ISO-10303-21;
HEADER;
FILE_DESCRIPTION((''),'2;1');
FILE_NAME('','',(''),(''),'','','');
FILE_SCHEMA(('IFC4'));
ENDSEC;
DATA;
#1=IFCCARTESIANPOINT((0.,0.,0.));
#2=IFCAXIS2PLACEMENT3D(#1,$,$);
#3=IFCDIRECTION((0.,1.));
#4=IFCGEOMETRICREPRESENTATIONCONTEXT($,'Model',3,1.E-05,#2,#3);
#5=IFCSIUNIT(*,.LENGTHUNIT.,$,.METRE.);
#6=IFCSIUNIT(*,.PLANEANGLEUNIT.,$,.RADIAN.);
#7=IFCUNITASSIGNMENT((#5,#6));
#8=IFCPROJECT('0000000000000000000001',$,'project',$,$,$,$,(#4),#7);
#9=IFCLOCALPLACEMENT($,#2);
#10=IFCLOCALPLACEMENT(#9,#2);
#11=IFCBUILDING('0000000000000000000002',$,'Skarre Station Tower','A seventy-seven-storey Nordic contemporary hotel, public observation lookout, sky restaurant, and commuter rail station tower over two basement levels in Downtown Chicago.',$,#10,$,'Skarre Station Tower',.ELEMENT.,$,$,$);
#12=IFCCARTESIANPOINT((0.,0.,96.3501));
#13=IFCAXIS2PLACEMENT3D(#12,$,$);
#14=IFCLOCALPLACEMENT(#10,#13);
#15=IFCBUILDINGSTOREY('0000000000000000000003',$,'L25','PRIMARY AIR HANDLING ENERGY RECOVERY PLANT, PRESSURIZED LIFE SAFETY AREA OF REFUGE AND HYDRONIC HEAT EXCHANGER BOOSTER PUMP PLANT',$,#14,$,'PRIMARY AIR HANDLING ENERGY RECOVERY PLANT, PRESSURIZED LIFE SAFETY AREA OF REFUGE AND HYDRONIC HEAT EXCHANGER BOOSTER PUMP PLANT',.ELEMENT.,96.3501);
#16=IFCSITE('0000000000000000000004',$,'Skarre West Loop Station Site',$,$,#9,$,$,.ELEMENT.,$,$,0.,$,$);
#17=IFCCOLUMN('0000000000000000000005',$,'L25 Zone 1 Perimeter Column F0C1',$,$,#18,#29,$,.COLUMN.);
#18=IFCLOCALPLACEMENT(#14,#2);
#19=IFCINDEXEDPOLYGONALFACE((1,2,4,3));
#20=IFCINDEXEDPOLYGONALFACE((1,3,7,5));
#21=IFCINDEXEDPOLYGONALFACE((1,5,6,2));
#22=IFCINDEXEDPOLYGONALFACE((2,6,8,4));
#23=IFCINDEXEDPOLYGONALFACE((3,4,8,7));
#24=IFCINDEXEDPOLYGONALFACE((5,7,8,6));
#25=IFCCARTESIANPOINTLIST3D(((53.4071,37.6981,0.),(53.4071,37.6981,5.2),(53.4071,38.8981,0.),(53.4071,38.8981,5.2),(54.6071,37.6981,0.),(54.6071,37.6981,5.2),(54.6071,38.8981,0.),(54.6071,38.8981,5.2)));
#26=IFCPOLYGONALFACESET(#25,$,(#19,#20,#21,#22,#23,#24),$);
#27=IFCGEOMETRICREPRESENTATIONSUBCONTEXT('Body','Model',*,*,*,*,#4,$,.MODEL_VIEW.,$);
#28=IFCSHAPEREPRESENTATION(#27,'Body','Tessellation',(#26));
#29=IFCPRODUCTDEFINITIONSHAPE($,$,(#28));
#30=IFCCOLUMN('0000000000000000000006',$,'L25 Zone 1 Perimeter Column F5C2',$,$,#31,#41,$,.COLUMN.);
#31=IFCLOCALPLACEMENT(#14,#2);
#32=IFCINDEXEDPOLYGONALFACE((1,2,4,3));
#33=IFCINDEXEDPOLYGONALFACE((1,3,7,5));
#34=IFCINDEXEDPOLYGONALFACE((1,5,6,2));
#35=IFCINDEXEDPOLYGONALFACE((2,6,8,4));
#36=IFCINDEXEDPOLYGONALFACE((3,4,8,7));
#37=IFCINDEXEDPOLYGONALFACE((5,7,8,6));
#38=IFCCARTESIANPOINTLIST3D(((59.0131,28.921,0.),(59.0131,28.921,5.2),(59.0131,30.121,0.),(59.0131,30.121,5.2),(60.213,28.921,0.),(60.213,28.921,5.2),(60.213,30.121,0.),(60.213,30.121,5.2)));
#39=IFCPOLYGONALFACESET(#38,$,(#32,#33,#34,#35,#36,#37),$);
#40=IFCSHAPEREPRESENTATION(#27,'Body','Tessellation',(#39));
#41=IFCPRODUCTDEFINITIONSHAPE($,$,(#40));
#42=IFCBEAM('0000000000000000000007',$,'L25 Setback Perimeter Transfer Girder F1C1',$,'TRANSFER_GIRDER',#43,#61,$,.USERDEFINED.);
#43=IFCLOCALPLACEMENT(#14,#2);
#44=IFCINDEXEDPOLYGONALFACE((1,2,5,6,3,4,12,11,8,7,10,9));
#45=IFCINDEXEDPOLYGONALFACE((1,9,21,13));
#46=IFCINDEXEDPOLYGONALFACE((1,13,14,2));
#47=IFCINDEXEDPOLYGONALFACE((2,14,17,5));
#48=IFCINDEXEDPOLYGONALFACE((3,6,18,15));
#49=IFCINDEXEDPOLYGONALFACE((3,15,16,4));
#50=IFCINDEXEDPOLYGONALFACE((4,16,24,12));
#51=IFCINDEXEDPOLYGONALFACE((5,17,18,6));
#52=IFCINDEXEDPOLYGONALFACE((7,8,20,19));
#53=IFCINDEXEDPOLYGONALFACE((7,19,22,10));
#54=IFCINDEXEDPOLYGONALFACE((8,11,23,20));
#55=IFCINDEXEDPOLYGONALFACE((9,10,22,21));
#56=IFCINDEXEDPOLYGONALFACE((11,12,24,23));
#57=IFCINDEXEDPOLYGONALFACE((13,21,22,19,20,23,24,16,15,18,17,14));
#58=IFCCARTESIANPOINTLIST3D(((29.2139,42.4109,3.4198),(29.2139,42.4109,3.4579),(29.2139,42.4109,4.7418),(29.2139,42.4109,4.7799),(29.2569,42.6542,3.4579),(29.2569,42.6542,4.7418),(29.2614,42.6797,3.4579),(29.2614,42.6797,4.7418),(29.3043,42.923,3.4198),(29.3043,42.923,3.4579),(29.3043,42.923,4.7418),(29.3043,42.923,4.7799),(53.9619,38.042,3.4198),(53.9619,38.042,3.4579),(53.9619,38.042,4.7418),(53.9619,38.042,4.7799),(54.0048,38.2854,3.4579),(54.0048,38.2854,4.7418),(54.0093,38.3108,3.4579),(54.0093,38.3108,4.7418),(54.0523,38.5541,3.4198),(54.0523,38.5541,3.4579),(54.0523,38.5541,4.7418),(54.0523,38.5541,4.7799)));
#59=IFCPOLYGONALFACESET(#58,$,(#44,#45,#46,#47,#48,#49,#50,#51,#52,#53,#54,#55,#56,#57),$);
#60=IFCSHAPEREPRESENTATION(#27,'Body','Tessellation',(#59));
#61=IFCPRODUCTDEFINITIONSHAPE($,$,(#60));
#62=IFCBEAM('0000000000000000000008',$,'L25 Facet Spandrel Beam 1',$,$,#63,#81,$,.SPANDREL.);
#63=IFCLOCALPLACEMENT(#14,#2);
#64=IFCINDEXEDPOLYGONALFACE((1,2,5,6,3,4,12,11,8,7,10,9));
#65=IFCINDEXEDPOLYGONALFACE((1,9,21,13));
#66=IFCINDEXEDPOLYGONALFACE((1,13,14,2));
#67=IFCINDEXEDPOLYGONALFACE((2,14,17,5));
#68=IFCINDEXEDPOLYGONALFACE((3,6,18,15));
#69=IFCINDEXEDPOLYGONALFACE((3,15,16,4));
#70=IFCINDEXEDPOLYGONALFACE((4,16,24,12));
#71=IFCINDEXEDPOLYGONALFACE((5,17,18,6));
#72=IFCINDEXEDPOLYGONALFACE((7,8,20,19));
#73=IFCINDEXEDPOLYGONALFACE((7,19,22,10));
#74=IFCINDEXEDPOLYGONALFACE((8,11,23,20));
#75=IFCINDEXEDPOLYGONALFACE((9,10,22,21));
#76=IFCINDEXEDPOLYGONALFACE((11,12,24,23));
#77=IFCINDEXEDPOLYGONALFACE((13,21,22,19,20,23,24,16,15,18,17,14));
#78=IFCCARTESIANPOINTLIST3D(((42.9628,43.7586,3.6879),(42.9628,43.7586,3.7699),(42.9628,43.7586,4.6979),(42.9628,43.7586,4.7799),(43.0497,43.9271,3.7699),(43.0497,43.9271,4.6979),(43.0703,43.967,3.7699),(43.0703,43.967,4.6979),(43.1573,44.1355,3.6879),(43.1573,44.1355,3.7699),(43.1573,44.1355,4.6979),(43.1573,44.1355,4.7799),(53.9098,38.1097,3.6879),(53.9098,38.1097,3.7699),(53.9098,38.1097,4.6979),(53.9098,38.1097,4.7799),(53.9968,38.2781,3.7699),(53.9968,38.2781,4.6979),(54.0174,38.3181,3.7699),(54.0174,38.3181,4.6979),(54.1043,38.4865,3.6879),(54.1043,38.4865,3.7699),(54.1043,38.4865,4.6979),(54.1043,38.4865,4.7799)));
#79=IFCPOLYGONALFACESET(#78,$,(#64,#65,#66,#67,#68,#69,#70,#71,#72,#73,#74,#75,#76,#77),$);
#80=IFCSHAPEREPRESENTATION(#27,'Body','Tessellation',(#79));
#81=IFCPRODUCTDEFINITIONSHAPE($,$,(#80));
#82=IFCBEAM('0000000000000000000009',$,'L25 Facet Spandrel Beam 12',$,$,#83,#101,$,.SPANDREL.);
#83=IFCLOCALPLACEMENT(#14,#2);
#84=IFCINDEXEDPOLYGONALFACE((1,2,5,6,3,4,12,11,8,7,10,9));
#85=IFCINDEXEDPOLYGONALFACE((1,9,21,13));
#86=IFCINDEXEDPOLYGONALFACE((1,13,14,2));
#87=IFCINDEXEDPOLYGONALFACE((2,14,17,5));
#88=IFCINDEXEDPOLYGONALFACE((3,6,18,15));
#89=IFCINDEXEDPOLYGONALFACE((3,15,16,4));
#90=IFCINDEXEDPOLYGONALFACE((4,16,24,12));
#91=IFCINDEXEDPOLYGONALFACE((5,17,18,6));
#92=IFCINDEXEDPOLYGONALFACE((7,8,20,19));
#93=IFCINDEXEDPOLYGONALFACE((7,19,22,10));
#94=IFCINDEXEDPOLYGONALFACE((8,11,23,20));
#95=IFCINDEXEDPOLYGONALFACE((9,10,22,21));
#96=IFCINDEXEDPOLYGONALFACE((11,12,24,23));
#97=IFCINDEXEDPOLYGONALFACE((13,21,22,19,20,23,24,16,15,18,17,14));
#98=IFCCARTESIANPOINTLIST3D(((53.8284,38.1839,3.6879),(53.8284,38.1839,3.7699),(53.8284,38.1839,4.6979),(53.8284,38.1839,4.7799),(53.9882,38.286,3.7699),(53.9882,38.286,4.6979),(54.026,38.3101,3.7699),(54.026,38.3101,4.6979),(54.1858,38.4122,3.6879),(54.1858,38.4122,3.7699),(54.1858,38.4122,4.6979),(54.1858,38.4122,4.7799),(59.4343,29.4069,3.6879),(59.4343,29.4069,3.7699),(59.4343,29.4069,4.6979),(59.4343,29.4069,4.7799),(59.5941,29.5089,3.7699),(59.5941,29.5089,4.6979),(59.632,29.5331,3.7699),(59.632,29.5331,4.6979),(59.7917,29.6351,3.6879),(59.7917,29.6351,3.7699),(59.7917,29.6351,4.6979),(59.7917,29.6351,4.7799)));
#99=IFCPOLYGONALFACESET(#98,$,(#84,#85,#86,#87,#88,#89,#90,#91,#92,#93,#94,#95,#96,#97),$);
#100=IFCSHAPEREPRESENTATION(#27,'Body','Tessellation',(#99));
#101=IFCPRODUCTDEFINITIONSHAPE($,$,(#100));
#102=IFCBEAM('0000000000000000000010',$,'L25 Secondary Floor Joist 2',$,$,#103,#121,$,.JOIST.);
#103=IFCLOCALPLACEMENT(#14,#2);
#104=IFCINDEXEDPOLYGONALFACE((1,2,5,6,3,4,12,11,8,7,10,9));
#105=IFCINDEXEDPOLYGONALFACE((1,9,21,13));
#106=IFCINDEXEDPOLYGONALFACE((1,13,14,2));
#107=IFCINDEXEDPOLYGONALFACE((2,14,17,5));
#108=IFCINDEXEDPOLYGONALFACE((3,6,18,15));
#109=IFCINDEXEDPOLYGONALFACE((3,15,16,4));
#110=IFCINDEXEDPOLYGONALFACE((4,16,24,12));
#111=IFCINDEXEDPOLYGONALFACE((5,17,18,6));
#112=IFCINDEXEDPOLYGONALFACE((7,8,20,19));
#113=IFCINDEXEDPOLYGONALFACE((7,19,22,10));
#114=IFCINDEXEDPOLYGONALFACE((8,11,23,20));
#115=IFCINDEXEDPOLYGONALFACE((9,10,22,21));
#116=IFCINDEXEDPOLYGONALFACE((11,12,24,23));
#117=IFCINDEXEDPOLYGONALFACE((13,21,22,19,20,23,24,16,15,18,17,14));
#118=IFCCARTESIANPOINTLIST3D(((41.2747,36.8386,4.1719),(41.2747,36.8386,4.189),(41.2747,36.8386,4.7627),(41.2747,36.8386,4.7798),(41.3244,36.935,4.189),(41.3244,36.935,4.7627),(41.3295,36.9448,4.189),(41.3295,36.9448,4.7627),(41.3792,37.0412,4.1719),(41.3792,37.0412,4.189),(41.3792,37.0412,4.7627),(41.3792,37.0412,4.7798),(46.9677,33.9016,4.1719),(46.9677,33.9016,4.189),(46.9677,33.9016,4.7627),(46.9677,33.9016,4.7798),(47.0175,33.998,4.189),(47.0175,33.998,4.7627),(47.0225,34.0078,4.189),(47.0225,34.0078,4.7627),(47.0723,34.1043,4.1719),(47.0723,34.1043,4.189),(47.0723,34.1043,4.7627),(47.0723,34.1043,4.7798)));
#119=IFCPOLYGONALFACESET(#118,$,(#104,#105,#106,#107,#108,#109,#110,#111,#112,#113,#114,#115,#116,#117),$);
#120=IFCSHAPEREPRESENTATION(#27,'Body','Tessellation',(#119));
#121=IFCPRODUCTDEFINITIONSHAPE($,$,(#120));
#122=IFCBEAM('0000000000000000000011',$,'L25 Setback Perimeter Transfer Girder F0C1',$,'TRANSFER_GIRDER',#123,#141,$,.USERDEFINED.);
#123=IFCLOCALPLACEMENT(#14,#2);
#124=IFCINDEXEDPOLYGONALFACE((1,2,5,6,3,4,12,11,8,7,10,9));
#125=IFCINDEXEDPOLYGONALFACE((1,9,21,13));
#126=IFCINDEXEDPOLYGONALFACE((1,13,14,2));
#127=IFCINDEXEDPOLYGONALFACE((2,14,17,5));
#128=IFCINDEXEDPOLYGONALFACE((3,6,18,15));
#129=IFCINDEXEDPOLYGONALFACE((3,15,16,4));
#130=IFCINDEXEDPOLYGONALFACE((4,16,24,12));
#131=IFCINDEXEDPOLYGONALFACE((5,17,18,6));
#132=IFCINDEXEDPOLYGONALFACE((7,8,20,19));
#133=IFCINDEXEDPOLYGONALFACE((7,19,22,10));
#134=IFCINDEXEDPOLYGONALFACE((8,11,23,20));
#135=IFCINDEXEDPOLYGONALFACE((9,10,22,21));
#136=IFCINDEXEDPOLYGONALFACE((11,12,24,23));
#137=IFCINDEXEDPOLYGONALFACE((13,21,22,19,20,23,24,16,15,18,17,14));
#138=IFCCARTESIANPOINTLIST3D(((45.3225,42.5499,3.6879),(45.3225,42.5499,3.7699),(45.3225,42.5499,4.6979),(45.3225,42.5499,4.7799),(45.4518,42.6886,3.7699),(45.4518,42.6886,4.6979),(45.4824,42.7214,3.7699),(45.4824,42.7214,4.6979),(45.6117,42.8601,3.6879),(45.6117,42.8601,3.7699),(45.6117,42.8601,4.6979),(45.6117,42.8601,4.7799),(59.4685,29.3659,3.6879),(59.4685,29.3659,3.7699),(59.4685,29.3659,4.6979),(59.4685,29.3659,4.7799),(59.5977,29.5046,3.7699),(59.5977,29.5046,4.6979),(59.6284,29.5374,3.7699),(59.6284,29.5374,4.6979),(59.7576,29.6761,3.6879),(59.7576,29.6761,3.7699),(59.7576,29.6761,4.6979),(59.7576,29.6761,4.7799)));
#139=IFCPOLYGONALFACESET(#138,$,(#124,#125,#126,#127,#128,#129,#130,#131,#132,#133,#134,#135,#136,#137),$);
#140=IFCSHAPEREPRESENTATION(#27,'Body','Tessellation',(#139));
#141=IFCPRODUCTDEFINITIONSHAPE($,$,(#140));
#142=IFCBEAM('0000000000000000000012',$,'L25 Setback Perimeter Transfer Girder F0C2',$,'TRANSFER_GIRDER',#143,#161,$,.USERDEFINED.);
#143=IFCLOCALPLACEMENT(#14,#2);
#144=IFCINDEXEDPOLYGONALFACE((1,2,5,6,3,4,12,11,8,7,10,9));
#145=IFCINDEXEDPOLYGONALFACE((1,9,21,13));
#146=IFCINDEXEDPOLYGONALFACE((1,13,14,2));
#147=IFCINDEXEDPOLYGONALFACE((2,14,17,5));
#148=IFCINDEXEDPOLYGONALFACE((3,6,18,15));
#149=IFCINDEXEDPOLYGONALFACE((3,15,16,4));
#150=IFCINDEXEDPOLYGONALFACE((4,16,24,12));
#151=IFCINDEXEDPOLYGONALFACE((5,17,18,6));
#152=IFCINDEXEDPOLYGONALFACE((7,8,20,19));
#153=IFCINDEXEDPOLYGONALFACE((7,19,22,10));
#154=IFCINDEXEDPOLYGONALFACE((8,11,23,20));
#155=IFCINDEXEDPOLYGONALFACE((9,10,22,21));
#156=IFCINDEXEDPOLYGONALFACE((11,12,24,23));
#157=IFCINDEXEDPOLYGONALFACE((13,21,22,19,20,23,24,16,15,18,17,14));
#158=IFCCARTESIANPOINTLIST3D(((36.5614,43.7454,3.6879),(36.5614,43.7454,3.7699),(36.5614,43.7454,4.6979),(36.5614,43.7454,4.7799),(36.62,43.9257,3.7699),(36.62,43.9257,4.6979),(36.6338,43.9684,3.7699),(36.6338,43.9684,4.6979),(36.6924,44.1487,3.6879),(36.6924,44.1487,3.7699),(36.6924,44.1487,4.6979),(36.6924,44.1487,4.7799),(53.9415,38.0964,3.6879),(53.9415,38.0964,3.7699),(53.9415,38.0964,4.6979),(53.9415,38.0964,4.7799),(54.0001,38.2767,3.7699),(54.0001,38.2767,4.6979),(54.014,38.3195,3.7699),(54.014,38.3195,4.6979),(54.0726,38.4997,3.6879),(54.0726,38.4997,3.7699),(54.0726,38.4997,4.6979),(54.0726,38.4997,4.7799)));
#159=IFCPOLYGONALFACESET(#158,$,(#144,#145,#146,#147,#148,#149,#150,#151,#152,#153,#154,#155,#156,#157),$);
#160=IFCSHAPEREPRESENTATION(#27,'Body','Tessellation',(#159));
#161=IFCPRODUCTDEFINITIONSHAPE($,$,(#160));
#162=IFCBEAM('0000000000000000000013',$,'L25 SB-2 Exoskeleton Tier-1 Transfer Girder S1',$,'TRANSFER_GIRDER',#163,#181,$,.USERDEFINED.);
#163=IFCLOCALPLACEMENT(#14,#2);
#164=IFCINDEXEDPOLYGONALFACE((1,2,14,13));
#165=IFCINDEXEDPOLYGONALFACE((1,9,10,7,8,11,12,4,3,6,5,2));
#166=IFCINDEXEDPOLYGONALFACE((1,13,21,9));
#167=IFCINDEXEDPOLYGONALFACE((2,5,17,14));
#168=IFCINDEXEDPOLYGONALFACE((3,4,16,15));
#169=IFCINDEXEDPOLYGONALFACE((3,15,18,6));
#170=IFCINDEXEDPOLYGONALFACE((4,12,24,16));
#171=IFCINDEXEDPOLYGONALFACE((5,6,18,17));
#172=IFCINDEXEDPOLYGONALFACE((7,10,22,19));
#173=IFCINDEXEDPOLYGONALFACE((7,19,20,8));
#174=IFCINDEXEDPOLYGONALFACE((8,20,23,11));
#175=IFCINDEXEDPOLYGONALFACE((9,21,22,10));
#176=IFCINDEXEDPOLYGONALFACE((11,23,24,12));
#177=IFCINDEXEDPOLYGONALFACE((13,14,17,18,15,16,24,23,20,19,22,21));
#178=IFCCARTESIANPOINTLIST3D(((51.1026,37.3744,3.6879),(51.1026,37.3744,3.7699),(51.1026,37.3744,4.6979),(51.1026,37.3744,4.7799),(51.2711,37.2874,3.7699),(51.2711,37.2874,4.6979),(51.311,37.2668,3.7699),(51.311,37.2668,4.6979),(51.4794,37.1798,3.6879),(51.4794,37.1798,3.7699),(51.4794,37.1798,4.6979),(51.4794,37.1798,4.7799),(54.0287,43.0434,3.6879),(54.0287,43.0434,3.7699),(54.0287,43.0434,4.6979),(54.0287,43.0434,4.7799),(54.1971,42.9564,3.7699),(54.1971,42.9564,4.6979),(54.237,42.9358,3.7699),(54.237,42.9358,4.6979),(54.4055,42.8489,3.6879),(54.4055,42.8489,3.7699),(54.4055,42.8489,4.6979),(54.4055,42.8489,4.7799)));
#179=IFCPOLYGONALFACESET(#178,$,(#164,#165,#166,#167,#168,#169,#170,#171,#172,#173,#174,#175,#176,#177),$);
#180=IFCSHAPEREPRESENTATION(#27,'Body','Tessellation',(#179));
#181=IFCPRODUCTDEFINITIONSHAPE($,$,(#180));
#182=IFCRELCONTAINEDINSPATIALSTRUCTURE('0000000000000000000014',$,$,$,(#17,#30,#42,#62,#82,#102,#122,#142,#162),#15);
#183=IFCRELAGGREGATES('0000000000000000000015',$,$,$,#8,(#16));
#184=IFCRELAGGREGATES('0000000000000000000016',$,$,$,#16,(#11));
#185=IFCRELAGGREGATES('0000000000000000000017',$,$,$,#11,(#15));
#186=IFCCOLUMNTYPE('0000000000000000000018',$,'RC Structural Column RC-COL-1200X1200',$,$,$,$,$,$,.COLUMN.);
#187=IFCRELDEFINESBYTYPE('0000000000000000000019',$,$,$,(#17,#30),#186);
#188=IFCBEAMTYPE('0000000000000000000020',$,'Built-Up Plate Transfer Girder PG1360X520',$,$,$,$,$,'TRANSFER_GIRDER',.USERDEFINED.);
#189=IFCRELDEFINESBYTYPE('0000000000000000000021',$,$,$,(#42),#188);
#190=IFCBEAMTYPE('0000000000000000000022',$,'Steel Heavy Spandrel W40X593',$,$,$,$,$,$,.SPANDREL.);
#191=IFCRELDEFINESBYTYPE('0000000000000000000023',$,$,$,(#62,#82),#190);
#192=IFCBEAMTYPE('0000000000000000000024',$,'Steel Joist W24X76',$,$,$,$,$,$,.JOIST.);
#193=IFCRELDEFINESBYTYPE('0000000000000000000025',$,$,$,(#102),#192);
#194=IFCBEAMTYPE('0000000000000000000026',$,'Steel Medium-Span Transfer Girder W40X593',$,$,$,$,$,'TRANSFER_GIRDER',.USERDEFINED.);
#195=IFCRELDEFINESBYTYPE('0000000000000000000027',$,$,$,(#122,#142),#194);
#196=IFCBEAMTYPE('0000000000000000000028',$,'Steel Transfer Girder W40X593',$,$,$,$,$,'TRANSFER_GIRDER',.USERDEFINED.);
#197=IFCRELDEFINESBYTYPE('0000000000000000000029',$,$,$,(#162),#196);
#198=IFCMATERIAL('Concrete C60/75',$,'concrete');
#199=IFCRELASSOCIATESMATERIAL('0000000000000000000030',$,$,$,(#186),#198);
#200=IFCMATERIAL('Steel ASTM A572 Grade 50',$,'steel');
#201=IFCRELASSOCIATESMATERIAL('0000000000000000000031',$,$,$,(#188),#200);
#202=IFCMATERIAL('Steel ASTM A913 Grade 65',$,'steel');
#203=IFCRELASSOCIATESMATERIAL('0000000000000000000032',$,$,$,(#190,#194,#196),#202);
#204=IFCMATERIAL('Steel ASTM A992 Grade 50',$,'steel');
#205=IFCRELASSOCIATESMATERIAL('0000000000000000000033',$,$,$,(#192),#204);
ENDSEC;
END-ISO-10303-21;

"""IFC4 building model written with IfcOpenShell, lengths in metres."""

from ifc_helpers import new_model, si_unit, direction, frame, origin, origin_2d, place, context, subcontext, project, spatial, rectangle, i_section, extrude, material, material_profile, profile_set, type_object, element, save


model = new_model("IFC4")

# Units and contexts
model_context = context("Model", 3, precision=1e-05, world=origin(), true_north=direction((0.0, 1.0)))
body_context = subcontext(model_context, "Body", "Model", "MODEL_VIEW")
ifc_project = project(units=[si_unit("LENGTHUNIT", "METRE"), si_unit("PLANEANGLEUNIT", "RADIAN")], contexts=[model_context])

# Site, building, storey
site_placement = place(None, origin())
site = spatial("IfcSite", under=ifc_project, at=site_placement, Name="Skarre West Loop Station Site", CompositionType="ELEMENT", RefElevation=0.0)
building_placement = place(site_placement, origin())
building = spatial("IfcBuilding", under=site, at=building_placement, Name="Skarre Station Tower", Description="A seventy-seven-storey Nordic contemporary hotel, public observation lookout, sky restaurant, and commuter rail station tower over two basement levels in Downtown Chicago.", LongName="Skarre Station Tower", CompositionType="ELEMENT")
storey_placement = place(building_placement, frame((0.0, 0.0, 96.3501)))
storey = spatial("IfcBuildingStorey", under=building, at=storey_placement, Name="L25", Description="PRIMARY AIR HANDLING ENERGY RECOVERY PLANT, PRESSURIZED LIFE SAFETY AREA OF REFUGE AND HYDRONIC HEAT EXCHANGER BOOSTER PUMP PLANT", LongName="PRIMARY AIR HANDLING ENERGY RECOVERY PLANT, PRESSURIZED LIFE SAFETY AREA OF REFUGE AND HYDRONIC HEAT EXCHANGER BOOSTER PUMP PLANT", CompositionType="ELEMENT", Elevation=96.3501)

# Columns
ifc_material_1 = material(Name="Concrete C60/75", Category="concrete")
ifc_material_profile_1 = material_profile(ifc_material_1, rectangle(XDim=1.2, YDim=1.2, at=origin_2d()), Name="Concrete C60/75")
ifc_profile_set_1 = profile_set([ifc_material_profile_1], Name="Concrete C60/75")
column_type = type_object("IfcColumnType", Name="RC Structural Column RC-COL-1200X1200", PredefinedType="COLUMN", material=ifc_profile_set_1)
for number, where, z_axis, x_axis, name in (
    (1, (54.0071, 38.2981, 0.0), (0.0, 0.0, 1.0), (1.0, 0.0, 0.0), "L25 Zone 1 Perimeter Column F0C1"),
    (2, (59.613, 29.521, 0.0), (0.0, 0.0, 1.0), (1.0, 0.0, 0.0), "L25 Zone 1 Perimeter Column F5C2"),
):
    element("IfcColumn", number, at=place(storey_placement, frame(where, z_axis=z_axis, x_axis=x_axis)), inside=storey, type_object=column_type, Name=name, PredefinedType="COLUMN", context=body_context, shape_type="SweptSolid", body=[
        extrude(rectangle(XDim=1.2, YDim=1.2, at=origin_2d()), origin(), (0.0, 0.0, 1.0), 5.2),
    ])

# Beams
ifc_material_2 = material(Name="Steel ASTM A572 Grade 50", Category="steel")
ifc_material_profile_2 = material_profile(ifc_material_2, i_section(OverallWidth=0.52, OverallDepth=1.3601, WebThickness=0.0259, FlangeThickness=0.0381, at=origin_2d()), Name="Steel ASTM A572 Grade 50")
ifc_profile_set_2 = profile_set([ifc_material_profile_2], Name="Steel ASTM A572 Grade 50")
beam_type_1 = type_object("IfcBeamType", Name="Built-Up Plate Transfer Girder PG1360X520", ElementType="TRANSFER_GIRDER", PredefinedType="USERDEFINED", material=ifc_profile_set_2)
beam_1_placement = place(storey_placement, frame((54.0071, 38.2981, 4.0999), z_axis=(-0.984773, 0.173847, 0.0), x_axis=(-0.173847, -0.984773, 0.0)))
element("IfcBeam", 3, at=beam_1_placement, inside=storey, type_object=beam_type_1, Name="L25 Setback Perimeter Transfer Girder F1C1", ObjectType="TRANSFER_GIRDER", PredefinedType="USERDEFINED", context=body_context, shape_type="SweptSolid", body=[
    extrude(i_section(OverallWidth=0.52, OverallDepth=1.3601, WebThickness=0.0259, FlangeThickness=0.0381, at=origin_2d()), origin(), (0.0, 0.0, 1.0), 25.1306),
])
ifc_material_3 = material(Name="Steel ASTM A913 Grade 65", Category="steel")
ifc_material_profile_3 = material_profile(ifc_material_3, i_section(OverallWidth=0.4241, OverallDepth=1.092, WebThickness=0.0449, FlangeThickness=0.082, at=origin_2d()), Name="Steel ASTM A913 Grade 65")
ifc_profile_set_3 = profile_set([ifc_material_profile_3], Name="Steel ASTM A913 Grade 65")
beam_type_2 = type_object("IfcBeamType", Name="Steel Heavy Spandrel W40X593", PredefinedType="SPANDREL", material=ifc_profile_set_3)
beam_2_placement = place(storey_placement, frame((54.0071, 38.2981, 4.2339), z_axis=(-0.888659, 0.458569, 0.0), x_axis=(-0.458569, -0.888659, 0.0)))
element("IfcBeam", 4, at=beam_2_placement, inside=storey, type_object=beam_type_2, Name="L25 Facet Spandrel Beam 1", PredefinedType="SPANDREL", context=body_context, shape_type="SweptSolid", body=[
    extrude(i_section(OverallWidth=0.4241, OverallDepth=1.092, WebThickness=0.0449, FlangeThickness=0.082, at=origin_2d()), origin(), (0.0, 0.0, 1.0), 12.3186),
])
beam_3_placement = place(storey_placement, frame((59.613, 29.521, 4.2339), z_axis=(-0.538278, 0.842767, 0.0), x_axis=(-0.842767, -0.538278, 0.0)))
element("IfcBeam", 5, at=beam_3_placement, inside=storey, type_object=beam_type_2, Name="L25 Facet Spandrel Beam 12", PredefinedType="SPANDREL", context=body_context, shape_type="SweptSolid", body=[
    extrude(i_section(OverallWidth=0.4241, OverallDepth=1.092, WebThickness=0.0449, FlangeThickness=0.082, at=origin_2d()), origin(), (0.0, 0.0, 1.0), 10.4146),
])
ifc_material_4 = material(Name="Steel ASTM A992 Grade 50", Category="steel")
ifc_material_profile_4 = material_profile(ifc_material_4, i_section(OverallWidth=0.228, OverallDepth=0.6079, WebThickness=0.011, FlangeThickness=0.0171, at=origin_2d()), Name="Steel ASTM A992 Grade 50")
ifc_profile_set_4 = profile_set([ifc_material_profile_4], Name="Steel ASTM A992 Grade 50")
beam_type_3 = type_object("IfcBeamType", Name="Steel Joist W24X76", PredefinedType="JOIST", material=ifc_profile_set_4)
beam_4_placement = place(storey_placement, frame((47.02, 34.0029, 4.4758), z_axis=(-0.888708, 0.458474, 0.0), x_axis=(-0.458474, -0.888708, 0.0)))
element("IfcBeam", 6, at=beam_4_placement, inside=storey, type_object=beam_type_3, Name="L25 Secondary Floor Joist 2", PredefinedType="JOIST", context=body_context, shape_type="SweptSolid", body=[
    extrude(i_section(OverallWidth=0.228, OverallDepth=0.6079, WebThickness=0.011, FlangeThickness=0.0171, at=origin_2d()), origin(), (0.0, 0.0, 1.0), 6.406),
])
ifc_material_profile_5 = material_profile(ifc_material_3, i_section(OverallWidth=0.4241, OverallDepth=1.092, WebThickness=0.0449, FlangeThickness=0.082, at=origin_2d()), Name="Steel ASTM A913 Grade 65")
ifc_profile_set_5 = profile_set([ifc_material_profile_5], Name="Steel ASTM A913 Grade 65")
beam_type_4 = type_object("IfcBeamType", Name="Steel Medium-Span Transfer Girder W40X593", ElementType="TRANSFER_GIRDER", PredefinedType="USERDEFINED", material=ifc_profile_set_5)
beam_5_placement = place(storey_placement, frame((59.613, 29.521, 4.2339), z_axis=(-0.731541, 0.681797, 0.0), x_axis=(-0.681797, -0.731541, 0.0)))
element("IfcBeam", 7, at=beam_5_placement, inside=storey, type_object=beam_type_4, Name="L25 Setback Perimeter Transfer Girder F0C1", ObjectType="TRANSFER_GIRDER", PredefinedType="USERDEFINED", context=body_context, shape_type="SweptSolid", body=[
    extrude(i_section(OverallWidth=0.4241, OverallDepth=1.092, WebThickness=0.0449, FlangeThickness=0.082, at=origin_2d()), origin(), (0.0, 0.0, 1.0), 19.3372),
])
beam_6_placement = place(storey_placement, frame((54.0071, 38.2981, 4.2339), z_axis=(-0.951028, 0.309105, 0.0), x_axis=(-0.309105, -0.951028, 0.0)))
element("IfcBeam", 8, at=beam_6_placement, inside=storey, type_object=beam_type_4, Name="L25 Setback Perimeter Transfer Girder F0C2", ObjectType="TRANSFER_GIRDER", PredefinedType="USERDEFINED", context=body_context, shape_type="SweptSolid", body=[
    extrude(i_section(OverallWidth=0.4241, OverallDepth=1.092, WebThickness=0.0449, FlangeThickness=0.082, at=origin_2d()), origin(), (0.0, 0.0, 1.0), 18.2751),
])
ifc_material_profile_6 = material_profile(ifc_material_3, i_section(OverallWidth=0.4241, OverallDepth=1.092, WebThickness=0.0449, FlangeThickness=0.082, at=origin_2d()), Name="Steel ASTM A913 Grade 65")
ifc_profile_set_6 = profile_set([ifc_material_profile_6], Name="Steel ASTM A913 Grade 65")
beam_type_5 = type_object("IfcBeamType", Name="Steel Transfer Girder W40X593", ElementType="TRANSFER_GIRDER", PredefinedType="USERDEFINED", material=ifc_profile_set_6)
beam_7_placement = place(storey_placement, frame((51.291, 37.2771, 4.2339), z_axis=(0.458658, 0.888613, 0.0), x_axis=(-0.888613, 0.458658, 0.0)))
element("IfcBeam", 9, at=beam_7_placement, inside=storey, type_object=beam_type_5, Name="L25 SB-2 Exoskeleton Tier-1 Transfer Girder S1", ObjectType="TRANSFER_GIRDER", PredefinedType="USERDEFINED", context=body_context, shape_type="SweptSolid", body=[
    extrude(i_section(OverallWidth=0.4241, OverallDepth=1.092, WebThickness=0.0449, FlangeThickness=0.082, at=origin_2d()), origin(), (0.0, 0.0, 1.0), 6.3796),
])

save(model, "model.ifc")
